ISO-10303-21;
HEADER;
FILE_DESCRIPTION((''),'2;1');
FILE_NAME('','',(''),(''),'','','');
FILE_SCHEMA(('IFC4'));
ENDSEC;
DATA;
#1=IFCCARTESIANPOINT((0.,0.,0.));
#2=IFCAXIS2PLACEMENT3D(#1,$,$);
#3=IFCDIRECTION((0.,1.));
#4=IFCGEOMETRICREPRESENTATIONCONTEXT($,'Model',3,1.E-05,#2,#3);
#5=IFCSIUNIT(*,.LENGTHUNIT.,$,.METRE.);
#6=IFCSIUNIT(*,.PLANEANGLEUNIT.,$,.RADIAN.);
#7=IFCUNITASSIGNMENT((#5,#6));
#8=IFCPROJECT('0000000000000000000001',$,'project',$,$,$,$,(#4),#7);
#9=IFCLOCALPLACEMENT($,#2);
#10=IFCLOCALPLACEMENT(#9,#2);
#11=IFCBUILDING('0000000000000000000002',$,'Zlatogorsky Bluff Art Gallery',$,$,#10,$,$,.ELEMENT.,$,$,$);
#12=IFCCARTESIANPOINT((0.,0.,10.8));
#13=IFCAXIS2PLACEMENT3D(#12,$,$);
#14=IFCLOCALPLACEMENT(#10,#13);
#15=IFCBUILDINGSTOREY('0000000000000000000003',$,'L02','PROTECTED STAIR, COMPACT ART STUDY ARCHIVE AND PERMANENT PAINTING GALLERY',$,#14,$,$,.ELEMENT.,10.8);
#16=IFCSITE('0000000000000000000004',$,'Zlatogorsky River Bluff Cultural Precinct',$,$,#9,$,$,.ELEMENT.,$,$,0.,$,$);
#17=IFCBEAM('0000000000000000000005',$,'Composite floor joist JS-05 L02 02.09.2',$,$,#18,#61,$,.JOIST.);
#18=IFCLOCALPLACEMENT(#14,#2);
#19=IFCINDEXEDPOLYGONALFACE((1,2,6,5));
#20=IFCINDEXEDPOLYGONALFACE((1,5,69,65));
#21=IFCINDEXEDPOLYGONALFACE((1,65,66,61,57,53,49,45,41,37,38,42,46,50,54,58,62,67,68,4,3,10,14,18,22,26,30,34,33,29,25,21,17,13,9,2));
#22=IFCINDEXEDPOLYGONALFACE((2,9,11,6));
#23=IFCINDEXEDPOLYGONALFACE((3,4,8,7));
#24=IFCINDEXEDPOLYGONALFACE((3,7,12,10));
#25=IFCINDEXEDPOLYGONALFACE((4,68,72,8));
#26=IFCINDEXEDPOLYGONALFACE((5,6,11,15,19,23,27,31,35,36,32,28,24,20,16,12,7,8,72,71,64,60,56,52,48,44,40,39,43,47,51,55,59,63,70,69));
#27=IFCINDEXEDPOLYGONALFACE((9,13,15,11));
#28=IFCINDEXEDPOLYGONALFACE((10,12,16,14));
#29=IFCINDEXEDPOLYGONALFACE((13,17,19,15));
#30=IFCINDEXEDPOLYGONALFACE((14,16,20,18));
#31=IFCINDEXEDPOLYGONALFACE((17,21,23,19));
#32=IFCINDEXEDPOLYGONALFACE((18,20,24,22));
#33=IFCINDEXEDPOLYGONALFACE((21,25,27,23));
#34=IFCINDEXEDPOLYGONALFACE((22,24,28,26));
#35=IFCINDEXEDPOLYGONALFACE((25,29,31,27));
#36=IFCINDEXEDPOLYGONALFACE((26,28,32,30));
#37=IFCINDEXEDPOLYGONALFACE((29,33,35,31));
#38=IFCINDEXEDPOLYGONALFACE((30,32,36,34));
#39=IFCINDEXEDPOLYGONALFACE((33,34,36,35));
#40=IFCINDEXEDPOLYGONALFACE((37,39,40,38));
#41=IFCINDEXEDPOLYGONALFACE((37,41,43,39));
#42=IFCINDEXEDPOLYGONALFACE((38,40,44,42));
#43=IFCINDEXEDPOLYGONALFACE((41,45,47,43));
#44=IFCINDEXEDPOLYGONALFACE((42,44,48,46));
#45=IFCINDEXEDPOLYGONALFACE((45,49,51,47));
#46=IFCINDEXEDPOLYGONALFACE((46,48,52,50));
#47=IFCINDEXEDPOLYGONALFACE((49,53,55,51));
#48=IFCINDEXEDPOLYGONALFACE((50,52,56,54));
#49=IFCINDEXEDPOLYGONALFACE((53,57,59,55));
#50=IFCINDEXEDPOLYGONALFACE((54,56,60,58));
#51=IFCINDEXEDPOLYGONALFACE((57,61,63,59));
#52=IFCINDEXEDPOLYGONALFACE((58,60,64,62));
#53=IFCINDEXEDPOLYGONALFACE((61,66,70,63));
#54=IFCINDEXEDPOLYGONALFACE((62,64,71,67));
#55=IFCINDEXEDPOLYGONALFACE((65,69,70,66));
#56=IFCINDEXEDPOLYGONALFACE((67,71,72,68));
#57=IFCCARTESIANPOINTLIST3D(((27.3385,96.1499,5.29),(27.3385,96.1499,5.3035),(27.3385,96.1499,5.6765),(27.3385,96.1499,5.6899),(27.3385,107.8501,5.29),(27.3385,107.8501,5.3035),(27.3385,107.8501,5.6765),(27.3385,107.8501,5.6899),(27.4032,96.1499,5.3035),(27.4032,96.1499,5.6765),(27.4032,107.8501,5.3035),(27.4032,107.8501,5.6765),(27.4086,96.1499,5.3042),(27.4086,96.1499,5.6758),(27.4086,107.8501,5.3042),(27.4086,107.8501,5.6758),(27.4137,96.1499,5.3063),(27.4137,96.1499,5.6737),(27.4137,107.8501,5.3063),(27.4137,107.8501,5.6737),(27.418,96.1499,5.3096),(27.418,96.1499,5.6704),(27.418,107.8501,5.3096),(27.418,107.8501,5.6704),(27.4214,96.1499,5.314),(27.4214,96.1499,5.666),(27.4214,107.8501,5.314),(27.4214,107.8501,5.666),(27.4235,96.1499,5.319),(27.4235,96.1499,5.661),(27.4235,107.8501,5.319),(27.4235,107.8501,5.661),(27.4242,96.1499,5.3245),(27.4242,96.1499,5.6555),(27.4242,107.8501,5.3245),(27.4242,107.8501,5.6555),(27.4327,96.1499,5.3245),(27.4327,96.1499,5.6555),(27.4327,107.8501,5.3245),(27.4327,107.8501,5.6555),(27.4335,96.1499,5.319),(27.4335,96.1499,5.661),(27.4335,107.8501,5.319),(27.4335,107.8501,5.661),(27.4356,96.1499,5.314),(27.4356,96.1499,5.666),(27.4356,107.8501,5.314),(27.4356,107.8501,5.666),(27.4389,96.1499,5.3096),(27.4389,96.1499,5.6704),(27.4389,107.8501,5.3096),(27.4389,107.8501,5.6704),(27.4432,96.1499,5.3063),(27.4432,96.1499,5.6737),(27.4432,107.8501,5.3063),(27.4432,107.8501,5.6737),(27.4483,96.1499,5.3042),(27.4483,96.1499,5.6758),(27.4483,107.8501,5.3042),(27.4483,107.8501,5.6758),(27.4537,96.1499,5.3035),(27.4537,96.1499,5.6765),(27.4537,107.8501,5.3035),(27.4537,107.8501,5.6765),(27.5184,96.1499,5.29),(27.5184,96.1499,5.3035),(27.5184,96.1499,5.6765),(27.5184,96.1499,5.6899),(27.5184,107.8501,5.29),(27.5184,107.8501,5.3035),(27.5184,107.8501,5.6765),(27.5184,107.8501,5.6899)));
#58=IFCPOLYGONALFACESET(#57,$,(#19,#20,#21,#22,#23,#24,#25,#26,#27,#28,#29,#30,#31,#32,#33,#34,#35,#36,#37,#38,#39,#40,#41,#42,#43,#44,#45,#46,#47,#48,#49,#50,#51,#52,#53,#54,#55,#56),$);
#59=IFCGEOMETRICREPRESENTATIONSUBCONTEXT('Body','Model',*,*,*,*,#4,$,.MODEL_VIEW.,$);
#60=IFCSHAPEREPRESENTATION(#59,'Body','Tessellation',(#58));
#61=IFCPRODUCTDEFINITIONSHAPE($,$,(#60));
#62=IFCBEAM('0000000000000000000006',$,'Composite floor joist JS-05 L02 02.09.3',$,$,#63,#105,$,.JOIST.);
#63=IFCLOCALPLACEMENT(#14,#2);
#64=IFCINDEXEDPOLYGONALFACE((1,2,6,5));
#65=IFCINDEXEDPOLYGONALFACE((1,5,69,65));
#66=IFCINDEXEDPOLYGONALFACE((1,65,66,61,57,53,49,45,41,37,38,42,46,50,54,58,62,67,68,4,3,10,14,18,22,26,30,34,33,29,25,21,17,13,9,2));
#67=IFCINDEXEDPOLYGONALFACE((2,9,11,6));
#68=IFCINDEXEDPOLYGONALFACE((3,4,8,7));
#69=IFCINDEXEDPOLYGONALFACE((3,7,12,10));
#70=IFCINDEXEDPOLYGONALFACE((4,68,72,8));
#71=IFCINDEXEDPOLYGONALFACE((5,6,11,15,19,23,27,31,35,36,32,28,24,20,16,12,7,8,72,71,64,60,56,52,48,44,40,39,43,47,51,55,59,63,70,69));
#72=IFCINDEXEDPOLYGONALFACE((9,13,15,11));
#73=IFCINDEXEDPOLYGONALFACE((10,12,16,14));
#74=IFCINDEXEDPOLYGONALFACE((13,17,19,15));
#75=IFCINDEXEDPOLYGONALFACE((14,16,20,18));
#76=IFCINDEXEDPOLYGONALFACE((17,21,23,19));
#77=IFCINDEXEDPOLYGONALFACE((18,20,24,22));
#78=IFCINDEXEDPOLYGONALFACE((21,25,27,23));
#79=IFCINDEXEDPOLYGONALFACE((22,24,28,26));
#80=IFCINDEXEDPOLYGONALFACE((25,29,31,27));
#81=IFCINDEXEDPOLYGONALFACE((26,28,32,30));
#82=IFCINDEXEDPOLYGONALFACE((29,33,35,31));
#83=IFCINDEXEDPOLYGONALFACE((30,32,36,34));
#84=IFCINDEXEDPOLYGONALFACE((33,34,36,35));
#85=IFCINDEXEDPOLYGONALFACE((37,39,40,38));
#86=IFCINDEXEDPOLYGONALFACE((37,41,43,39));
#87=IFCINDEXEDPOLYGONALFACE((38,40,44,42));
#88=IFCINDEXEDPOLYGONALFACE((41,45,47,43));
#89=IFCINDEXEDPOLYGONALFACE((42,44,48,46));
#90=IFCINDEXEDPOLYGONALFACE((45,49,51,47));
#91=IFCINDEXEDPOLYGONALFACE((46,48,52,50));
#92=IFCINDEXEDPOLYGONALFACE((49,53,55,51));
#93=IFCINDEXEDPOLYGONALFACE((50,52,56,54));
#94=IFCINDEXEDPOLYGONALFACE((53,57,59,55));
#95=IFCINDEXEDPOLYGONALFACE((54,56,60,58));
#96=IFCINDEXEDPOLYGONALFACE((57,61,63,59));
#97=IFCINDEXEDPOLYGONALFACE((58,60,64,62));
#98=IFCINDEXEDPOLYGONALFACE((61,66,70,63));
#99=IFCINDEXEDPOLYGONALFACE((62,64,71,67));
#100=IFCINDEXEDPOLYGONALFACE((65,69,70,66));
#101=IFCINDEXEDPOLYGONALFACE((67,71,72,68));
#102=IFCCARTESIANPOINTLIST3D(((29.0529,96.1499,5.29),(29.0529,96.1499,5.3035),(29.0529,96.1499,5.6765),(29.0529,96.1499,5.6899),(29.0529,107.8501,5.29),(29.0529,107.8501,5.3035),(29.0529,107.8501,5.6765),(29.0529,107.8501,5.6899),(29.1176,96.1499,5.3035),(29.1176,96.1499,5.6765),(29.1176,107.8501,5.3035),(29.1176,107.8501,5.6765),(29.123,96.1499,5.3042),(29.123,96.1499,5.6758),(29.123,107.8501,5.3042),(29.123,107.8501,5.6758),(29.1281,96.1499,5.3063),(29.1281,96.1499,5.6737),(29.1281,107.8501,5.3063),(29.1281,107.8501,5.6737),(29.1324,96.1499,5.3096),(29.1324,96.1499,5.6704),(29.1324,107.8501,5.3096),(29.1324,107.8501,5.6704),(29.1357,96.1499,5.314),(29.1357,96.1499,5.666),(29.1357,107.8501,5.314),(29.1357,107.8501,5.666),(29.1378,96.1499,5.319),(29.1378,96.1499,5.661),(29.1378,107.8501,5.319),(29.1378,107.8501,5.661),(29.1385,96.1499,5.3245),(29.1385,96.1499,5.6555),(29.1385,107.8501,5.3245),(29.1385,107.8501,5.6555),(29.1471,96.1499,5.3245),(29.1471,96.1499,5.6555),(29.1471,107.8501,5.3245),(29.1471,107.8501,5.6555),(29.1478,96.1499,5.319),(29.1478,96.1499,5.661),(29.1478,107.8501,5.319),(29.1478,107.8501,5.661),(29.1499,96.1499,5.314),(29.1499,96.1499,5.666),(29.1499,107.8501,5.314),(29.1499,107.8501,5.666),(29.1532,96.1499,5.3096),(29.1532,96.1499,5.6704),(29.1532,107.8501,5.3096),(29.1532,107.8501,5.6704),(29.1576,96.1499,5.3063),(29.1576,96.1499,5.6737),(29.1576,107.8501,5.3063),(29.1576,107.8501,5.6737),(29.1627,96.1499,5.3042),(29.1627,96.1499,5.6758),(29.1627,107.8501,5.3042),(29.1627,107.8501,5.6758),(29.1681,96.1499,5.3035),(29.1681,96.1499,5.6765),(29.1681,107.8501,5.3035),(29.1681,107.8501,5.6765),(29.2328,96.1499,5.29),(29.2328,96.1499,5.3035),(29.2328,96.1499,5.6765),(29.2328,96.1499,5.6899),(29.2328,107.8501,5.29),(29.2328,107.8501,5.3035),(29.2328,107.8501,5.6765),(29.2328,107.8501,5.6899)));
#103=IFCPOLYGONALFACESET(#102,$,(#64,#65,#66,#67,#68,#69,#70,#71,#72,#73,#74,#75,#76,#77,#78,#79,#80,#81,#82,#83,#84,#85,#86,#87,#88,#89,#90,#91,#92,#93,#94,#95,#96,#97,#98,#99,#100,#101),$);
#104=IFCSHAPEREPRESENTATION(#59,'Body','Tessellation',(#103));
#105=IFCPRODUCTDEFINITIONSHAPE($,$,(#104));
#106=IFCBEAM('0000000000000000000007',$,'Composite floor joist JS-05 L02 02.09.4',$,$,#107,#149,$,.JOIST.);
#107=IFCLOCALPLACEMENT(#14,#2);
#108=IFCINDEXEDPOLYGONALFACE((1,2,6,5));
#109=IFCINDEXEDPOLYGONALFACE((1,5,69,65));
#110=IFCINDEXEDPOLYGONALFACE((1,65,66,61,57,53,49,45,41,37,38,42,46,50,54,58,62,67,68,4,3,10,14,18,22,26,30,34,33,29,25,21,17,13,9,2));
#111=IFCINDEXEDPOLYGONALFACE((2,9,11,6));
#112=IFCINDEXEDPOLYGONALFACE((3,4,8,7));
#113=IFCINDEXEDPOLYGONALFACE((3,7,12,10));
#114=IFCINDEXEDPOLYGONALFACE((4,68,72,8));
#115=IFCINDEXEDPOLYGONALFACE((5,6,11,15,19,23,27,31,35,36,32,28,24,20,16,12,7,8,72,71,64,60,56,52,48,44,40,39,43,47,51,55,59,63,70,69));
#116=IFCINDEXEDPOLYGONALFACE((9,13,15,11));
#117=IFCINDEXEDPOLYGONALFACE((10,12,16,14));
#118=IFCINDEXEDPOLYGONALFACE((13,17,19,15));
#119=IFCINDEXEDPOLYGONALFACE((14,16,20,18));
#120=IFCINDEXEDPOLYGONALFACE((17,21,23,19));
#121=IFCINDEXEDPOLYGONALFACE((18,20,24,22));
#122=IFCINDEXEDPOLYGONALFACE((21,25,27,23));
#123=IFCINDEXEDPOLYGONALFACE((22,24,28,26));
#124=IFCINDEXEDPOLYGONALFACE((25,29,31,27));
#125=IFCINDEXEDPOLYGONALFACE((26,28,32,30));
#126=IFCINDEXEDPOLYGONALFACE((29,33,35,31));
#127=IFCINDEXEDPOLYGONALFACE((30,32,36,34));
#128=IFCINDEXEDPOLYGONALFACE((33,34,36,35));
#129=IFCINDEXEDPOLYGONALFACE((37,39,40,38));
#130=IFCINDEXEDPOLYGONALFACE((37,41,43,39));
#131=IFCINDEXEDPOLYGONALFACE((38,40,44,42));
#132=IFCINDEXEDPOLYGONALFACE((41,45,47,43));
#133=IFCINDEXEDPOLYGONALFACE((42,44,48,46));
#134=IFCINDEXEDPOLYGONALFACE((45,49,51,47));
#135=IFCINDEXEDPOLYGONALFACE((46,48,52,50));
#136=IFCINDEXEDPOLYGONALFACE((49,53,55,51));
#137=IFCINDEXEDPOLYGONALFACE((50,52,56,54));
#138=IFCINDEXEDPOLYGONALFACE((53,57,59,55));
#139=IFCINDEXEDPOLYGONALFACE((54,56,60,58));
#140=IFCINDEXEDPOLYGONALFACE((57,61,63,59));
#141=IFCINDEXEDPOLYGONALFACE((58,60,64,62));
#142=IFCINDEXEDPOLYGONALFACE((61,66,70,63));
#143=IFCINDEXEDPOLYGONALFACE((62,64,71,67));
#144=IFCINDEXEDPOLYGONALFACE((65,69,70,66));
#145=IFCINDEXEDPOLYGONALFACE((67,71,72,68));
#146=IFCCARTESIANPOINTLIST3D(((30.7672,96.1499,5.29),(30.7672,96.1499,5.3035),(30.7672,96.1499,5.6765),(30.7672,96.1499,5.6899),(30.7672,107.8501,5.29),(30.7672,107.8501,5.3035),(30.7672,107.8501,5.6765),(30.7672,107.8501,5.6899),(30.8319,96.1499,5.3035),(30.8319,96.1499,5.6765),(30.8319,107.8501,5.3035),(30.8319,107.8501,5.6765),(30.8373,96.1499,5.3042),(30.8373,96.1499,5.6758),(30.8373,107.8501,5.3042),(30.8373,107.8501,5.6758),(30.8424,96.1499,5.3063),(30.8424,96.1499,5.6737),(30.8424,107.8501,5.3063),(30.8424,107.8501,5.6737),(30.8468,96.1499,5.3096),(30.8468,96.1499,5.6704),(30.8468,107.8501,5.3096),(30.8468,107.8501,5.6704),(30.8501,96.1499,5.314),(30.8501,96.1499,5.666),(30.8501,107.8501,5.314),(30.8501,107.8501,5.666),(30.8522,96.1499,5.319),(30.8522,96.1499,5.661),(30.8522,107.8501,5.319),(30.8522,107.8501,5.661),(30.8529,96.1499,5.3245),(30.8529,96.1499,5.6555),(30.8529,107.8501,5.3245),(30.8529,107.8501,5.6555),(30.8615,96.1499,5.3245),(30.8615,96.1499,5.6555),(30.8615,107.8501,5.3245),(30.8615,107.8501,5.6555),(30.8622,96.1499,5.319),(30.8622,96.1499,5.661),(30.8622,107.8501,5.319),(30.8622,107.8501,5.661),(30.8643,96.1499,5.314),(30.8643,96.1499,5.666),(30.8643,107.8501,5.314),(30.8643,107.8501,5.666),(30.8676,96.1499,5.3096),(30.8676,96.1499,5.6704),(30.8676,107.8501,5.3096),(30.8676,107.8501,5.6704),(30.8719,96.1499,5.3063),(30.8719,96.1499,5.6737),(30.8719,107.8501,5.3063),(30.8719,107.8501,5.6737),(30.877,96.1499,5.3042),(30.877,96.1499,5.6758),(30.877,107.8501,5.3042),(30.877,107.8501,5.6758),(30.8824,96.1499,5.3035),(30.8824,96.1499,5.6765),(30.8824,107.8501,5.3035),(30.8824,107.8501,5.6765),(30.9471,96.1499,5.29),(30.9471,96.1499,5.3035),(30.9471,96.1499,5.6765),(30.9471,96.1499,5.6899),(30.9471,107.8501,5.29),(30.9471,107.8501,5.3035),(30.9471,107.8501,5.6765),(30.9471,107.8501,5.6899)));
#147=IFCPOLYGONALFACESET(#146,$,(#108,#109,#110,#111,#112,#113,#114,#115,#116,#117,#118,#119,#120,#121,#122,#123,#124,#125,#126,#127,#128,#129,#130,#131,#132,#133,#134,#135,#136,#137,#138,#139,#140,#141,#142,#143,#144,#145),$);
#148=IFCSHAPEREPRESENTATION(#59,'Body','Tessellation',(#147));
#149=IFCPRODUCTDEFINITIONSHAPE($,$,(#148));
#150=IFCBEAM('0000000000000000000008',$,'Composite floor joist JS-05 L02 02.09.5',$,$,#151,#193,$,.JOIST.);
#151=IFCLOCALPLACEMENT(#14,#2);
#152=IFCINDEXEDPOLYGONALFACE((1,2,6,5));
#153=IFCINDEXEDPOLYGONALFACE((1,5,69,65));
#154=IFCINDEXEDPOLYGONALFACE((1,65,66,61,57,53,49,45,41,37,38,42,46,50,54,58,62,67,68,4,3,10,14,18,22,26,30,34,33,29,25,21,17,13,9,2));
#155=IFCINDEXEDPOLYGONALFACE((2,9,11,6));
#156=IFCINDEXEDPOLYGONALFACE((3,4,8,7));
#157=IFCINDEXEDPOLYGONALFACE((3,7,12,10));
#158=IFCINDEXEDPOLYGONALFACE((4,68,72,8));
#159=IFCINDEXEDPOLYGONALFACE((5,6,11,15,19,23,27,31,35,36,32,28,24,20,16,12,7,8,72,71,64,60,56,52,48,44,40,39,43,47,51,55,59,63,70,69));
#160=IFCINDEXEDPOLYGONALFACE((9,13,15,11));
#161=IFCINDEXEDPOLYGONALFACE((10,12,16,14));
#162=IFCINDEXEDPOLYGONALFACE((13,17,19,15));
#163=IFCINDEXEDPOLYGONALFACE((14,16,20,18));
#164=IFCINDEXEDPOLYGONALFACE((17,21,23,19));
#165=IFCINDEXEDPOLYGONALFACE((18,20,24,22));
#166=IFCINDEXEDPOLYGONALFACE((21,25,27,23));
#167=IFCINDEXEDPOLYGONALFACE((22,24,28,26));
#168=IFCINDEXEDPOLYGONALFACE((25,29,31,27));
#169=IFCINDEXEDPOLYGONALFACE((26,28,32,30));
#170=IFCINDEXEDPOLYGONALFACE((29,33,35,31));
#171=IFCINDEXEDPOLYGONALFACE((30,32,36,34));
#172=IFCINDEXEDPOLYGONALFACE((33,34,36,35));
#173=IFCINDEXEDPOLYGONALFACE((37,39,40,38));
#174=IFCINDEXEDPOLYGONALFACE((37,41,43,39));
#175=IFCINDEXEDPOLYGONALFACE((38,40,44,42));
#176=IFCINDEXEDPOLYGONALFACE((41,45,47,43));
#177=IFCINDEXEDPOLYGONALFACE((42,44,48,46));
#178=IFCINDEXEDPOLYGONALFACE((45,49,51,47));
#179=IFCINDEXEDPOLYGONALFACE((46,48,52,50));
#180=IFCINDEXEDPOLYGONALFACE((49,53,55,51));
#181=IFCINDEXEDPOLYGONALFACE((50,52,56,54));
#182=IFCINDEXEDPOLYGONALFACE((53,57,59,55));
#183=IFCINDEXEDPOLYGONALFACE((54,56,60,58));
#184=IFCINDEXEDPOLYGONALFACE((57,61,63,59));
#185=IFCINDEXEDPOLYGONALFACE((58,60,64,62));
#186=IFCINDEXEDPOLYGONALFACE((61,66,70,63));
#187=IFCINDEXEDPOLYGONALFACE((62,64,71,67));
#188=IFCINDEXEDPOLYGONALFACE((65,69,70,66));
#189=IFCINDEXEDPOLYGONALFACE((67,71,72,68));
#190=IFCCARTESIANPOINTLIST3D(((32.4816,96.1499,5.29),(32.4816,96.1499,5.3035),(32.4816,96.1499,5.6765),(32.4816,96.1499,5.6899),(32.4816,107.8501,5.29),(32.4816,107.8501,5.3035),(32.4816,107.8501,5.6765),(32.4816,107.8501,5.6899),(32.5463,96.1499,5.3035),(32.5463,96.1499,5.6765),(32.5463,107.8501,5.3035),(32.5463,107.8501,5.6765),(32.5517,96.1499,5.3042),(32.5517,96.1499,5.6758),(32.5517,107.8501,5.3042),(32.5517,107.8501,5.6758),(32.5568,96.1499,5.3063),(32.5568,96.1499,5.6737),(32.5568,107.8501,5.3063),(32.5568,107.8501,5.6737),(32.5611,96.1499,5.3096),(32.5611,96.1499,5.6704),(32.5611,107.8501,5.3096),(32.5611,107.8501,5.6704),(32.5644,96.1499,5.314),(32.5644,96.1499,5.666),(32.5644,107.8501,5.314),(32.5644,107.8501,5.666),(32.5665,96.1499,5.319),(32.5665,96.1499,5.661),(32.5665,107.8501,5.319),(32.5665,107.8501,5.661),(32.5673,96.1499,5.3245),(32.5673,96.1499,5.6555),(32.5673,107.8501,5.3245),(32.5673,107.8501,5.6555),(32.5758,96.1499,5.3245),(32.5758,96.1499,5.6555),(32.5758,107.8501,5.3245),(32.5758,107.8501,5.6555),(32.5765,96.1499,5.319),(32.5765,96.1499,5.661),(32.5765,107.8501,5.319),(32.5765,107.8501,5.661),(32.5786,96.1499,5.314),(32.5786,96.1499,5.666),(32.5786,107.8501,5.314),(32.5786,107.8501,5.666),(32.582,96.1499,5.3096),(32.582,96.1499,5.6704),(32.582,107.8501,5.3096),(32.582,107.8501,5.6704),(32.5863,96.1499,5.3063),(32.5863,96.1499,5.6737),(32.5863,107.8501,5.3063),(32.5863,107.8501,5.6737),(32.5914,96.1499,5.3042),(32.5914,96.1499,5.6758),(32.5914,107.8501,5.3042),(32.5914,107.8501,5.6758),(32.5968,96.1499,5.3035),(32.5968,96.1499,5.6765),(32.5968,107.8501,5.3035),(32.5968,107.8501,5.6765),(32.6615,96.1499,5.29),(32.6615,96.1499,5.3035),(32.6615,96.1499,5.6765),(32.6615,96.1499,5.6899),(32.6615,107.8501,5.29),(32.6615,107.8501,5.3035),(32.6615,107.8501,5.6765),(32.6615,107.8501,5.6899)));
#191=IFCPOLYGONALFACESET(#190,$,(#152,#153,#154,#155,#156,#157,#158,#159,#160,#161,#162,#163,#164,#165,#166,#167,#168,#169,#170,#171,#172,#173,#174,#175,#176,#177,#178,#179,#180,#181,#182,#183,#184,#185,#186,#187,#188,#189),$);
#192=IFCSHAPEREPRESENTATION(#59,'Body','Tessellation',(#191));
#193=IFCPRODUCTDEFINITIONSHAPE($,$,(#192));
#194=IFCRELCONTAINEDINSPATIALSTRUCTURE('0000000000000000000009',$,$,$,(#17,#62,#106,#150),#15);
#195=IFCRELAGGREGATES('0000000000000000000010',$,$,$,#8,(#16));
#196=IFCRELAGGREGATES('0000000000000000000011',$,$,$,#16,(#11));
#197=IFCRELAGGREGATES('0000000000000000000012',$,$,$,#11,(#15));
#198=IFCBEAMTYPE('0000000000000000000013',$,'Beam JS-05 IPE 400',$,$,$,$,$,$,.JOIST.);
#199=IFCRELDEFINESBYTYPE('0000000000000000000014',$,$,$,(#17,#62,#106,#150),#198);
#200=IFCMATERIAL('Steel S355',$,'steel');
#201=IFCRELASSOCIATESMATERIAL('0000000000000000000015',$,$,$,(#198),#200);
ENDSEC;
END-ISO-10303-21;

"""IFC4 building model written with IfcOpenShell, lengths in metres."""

from ifc_helpers import new_model, si_unit, direction, frame, origin, origin_2d, place, context, subcontext, project, spatial, i_section, extrude, material, material_profile, profile_set, type_object, element, save


model = new_model("IFC4")

# Units and contexts
model_context = context("Model", 3, precision=1e-05, world=origin(), true_north=direction((0.0, 1.0)))
body_context = subcontext(model_context, "Body", "Model", "MODEL_VIEW")
ifc_project = project(units=[si_unit("LENGTHUNIT", "METRE"), si_unit("PLANEANGLEUNIT", "RADIAN")], contexts=[model_context])

# Site, building, storey
site_placement = place(None, origin())
site = spatial("IfcSite", under=ifc_project, at=site_placement, Name="Zlatogorsky River Bluff Cultural Precinct", CompositionType="ELEMENT", RefElevation=0.0)
building_placement = place(site_placement, origin())
building = spatial("IfcBuilding", under=site, at=building_placement, Name="Zlatogorsky Bluff Art Gallery", CompositionType="ELEMENT")
storey_placement = place(building_placement, frame((0.0, 0.0, 10.8)))
storey = spatial("IfcBuildingStorey", under=building, at=storey_placement, Name="L02", Description="PROTECTED STAIR, COMPACT ART STUDY ARCHIVE AND PERMANENT PAINTING GALLERY", CompositionType="ELEMENT", Elevation=10.8)

# Shared definitions
ifc_material_1 = material(Name="Steel S355", Category="steel")

# Beams
ifc_material_profile_1 = material_profile(ifc_material_1, i_section(OverallWidth=0.1799, OverallDepth=0.3999, WebThickness=0.0085, FlangeThickness=0.0134, FilletRadius=0.021, at=origin_2d()), Name="IPE 400")
ifc_profile_set_1 = profile_set([ifc_material_profile_1], Name="Steel S355")
beam_type_1 = type_object("IfcBeamType", Name="Beam JS-05 IPE 400", PredefinedType="JOIST", material=ifc_profile_set_1)
for number, where, z_axis, x_axis, name in (
    (1, (27.4285, 96.1499, 5.49), (0.0, 1.0, 0.0), (-1.0, 0.0, 0.0), "Composite floor joist JS-05 L02 02.09.2"),
    (2, (29.1428, 96.1499, 5.49), (0.0, 1.0, 0.0), (-1.0, 0.0, 0.0), "Composite floor joist JS-05 L02 02.09.3"),
    (3, (30.8572, 96.1499, 5.49), (0.0, 1.0, 0.0), (-1.0, 0.0, 0.0), "Composite floor joist JS-05 L02 02.09.4"),
    (4, (32.5715, 96.1499, 5.49), (0.0, 1.0, 0.0), (-1.0, 0.0, 0.0), "Composite floor joist JS-05 L02 02.09.5"),
):
    element("IfcBeam", number, at=place(storey_placement, frame(where, z_axis=z_axis, x_axis=x_axis)), inside=storey, type_object=beam_type_1, Name=name, PredefinedType="JOIST", context=body_context, shape_type="SweptSolid", body=[
        extrude(i_section(OverallWidth=0.1799, OverallDepth=0.3999, WebThickness=0.0085, FlangeThickness=0.0134, FilletRadius=0.021, at=origin_2d()), origin(), (0.0, 0.0, 1.0), 11.7002),
    ])

save(model, "model.ifc")
